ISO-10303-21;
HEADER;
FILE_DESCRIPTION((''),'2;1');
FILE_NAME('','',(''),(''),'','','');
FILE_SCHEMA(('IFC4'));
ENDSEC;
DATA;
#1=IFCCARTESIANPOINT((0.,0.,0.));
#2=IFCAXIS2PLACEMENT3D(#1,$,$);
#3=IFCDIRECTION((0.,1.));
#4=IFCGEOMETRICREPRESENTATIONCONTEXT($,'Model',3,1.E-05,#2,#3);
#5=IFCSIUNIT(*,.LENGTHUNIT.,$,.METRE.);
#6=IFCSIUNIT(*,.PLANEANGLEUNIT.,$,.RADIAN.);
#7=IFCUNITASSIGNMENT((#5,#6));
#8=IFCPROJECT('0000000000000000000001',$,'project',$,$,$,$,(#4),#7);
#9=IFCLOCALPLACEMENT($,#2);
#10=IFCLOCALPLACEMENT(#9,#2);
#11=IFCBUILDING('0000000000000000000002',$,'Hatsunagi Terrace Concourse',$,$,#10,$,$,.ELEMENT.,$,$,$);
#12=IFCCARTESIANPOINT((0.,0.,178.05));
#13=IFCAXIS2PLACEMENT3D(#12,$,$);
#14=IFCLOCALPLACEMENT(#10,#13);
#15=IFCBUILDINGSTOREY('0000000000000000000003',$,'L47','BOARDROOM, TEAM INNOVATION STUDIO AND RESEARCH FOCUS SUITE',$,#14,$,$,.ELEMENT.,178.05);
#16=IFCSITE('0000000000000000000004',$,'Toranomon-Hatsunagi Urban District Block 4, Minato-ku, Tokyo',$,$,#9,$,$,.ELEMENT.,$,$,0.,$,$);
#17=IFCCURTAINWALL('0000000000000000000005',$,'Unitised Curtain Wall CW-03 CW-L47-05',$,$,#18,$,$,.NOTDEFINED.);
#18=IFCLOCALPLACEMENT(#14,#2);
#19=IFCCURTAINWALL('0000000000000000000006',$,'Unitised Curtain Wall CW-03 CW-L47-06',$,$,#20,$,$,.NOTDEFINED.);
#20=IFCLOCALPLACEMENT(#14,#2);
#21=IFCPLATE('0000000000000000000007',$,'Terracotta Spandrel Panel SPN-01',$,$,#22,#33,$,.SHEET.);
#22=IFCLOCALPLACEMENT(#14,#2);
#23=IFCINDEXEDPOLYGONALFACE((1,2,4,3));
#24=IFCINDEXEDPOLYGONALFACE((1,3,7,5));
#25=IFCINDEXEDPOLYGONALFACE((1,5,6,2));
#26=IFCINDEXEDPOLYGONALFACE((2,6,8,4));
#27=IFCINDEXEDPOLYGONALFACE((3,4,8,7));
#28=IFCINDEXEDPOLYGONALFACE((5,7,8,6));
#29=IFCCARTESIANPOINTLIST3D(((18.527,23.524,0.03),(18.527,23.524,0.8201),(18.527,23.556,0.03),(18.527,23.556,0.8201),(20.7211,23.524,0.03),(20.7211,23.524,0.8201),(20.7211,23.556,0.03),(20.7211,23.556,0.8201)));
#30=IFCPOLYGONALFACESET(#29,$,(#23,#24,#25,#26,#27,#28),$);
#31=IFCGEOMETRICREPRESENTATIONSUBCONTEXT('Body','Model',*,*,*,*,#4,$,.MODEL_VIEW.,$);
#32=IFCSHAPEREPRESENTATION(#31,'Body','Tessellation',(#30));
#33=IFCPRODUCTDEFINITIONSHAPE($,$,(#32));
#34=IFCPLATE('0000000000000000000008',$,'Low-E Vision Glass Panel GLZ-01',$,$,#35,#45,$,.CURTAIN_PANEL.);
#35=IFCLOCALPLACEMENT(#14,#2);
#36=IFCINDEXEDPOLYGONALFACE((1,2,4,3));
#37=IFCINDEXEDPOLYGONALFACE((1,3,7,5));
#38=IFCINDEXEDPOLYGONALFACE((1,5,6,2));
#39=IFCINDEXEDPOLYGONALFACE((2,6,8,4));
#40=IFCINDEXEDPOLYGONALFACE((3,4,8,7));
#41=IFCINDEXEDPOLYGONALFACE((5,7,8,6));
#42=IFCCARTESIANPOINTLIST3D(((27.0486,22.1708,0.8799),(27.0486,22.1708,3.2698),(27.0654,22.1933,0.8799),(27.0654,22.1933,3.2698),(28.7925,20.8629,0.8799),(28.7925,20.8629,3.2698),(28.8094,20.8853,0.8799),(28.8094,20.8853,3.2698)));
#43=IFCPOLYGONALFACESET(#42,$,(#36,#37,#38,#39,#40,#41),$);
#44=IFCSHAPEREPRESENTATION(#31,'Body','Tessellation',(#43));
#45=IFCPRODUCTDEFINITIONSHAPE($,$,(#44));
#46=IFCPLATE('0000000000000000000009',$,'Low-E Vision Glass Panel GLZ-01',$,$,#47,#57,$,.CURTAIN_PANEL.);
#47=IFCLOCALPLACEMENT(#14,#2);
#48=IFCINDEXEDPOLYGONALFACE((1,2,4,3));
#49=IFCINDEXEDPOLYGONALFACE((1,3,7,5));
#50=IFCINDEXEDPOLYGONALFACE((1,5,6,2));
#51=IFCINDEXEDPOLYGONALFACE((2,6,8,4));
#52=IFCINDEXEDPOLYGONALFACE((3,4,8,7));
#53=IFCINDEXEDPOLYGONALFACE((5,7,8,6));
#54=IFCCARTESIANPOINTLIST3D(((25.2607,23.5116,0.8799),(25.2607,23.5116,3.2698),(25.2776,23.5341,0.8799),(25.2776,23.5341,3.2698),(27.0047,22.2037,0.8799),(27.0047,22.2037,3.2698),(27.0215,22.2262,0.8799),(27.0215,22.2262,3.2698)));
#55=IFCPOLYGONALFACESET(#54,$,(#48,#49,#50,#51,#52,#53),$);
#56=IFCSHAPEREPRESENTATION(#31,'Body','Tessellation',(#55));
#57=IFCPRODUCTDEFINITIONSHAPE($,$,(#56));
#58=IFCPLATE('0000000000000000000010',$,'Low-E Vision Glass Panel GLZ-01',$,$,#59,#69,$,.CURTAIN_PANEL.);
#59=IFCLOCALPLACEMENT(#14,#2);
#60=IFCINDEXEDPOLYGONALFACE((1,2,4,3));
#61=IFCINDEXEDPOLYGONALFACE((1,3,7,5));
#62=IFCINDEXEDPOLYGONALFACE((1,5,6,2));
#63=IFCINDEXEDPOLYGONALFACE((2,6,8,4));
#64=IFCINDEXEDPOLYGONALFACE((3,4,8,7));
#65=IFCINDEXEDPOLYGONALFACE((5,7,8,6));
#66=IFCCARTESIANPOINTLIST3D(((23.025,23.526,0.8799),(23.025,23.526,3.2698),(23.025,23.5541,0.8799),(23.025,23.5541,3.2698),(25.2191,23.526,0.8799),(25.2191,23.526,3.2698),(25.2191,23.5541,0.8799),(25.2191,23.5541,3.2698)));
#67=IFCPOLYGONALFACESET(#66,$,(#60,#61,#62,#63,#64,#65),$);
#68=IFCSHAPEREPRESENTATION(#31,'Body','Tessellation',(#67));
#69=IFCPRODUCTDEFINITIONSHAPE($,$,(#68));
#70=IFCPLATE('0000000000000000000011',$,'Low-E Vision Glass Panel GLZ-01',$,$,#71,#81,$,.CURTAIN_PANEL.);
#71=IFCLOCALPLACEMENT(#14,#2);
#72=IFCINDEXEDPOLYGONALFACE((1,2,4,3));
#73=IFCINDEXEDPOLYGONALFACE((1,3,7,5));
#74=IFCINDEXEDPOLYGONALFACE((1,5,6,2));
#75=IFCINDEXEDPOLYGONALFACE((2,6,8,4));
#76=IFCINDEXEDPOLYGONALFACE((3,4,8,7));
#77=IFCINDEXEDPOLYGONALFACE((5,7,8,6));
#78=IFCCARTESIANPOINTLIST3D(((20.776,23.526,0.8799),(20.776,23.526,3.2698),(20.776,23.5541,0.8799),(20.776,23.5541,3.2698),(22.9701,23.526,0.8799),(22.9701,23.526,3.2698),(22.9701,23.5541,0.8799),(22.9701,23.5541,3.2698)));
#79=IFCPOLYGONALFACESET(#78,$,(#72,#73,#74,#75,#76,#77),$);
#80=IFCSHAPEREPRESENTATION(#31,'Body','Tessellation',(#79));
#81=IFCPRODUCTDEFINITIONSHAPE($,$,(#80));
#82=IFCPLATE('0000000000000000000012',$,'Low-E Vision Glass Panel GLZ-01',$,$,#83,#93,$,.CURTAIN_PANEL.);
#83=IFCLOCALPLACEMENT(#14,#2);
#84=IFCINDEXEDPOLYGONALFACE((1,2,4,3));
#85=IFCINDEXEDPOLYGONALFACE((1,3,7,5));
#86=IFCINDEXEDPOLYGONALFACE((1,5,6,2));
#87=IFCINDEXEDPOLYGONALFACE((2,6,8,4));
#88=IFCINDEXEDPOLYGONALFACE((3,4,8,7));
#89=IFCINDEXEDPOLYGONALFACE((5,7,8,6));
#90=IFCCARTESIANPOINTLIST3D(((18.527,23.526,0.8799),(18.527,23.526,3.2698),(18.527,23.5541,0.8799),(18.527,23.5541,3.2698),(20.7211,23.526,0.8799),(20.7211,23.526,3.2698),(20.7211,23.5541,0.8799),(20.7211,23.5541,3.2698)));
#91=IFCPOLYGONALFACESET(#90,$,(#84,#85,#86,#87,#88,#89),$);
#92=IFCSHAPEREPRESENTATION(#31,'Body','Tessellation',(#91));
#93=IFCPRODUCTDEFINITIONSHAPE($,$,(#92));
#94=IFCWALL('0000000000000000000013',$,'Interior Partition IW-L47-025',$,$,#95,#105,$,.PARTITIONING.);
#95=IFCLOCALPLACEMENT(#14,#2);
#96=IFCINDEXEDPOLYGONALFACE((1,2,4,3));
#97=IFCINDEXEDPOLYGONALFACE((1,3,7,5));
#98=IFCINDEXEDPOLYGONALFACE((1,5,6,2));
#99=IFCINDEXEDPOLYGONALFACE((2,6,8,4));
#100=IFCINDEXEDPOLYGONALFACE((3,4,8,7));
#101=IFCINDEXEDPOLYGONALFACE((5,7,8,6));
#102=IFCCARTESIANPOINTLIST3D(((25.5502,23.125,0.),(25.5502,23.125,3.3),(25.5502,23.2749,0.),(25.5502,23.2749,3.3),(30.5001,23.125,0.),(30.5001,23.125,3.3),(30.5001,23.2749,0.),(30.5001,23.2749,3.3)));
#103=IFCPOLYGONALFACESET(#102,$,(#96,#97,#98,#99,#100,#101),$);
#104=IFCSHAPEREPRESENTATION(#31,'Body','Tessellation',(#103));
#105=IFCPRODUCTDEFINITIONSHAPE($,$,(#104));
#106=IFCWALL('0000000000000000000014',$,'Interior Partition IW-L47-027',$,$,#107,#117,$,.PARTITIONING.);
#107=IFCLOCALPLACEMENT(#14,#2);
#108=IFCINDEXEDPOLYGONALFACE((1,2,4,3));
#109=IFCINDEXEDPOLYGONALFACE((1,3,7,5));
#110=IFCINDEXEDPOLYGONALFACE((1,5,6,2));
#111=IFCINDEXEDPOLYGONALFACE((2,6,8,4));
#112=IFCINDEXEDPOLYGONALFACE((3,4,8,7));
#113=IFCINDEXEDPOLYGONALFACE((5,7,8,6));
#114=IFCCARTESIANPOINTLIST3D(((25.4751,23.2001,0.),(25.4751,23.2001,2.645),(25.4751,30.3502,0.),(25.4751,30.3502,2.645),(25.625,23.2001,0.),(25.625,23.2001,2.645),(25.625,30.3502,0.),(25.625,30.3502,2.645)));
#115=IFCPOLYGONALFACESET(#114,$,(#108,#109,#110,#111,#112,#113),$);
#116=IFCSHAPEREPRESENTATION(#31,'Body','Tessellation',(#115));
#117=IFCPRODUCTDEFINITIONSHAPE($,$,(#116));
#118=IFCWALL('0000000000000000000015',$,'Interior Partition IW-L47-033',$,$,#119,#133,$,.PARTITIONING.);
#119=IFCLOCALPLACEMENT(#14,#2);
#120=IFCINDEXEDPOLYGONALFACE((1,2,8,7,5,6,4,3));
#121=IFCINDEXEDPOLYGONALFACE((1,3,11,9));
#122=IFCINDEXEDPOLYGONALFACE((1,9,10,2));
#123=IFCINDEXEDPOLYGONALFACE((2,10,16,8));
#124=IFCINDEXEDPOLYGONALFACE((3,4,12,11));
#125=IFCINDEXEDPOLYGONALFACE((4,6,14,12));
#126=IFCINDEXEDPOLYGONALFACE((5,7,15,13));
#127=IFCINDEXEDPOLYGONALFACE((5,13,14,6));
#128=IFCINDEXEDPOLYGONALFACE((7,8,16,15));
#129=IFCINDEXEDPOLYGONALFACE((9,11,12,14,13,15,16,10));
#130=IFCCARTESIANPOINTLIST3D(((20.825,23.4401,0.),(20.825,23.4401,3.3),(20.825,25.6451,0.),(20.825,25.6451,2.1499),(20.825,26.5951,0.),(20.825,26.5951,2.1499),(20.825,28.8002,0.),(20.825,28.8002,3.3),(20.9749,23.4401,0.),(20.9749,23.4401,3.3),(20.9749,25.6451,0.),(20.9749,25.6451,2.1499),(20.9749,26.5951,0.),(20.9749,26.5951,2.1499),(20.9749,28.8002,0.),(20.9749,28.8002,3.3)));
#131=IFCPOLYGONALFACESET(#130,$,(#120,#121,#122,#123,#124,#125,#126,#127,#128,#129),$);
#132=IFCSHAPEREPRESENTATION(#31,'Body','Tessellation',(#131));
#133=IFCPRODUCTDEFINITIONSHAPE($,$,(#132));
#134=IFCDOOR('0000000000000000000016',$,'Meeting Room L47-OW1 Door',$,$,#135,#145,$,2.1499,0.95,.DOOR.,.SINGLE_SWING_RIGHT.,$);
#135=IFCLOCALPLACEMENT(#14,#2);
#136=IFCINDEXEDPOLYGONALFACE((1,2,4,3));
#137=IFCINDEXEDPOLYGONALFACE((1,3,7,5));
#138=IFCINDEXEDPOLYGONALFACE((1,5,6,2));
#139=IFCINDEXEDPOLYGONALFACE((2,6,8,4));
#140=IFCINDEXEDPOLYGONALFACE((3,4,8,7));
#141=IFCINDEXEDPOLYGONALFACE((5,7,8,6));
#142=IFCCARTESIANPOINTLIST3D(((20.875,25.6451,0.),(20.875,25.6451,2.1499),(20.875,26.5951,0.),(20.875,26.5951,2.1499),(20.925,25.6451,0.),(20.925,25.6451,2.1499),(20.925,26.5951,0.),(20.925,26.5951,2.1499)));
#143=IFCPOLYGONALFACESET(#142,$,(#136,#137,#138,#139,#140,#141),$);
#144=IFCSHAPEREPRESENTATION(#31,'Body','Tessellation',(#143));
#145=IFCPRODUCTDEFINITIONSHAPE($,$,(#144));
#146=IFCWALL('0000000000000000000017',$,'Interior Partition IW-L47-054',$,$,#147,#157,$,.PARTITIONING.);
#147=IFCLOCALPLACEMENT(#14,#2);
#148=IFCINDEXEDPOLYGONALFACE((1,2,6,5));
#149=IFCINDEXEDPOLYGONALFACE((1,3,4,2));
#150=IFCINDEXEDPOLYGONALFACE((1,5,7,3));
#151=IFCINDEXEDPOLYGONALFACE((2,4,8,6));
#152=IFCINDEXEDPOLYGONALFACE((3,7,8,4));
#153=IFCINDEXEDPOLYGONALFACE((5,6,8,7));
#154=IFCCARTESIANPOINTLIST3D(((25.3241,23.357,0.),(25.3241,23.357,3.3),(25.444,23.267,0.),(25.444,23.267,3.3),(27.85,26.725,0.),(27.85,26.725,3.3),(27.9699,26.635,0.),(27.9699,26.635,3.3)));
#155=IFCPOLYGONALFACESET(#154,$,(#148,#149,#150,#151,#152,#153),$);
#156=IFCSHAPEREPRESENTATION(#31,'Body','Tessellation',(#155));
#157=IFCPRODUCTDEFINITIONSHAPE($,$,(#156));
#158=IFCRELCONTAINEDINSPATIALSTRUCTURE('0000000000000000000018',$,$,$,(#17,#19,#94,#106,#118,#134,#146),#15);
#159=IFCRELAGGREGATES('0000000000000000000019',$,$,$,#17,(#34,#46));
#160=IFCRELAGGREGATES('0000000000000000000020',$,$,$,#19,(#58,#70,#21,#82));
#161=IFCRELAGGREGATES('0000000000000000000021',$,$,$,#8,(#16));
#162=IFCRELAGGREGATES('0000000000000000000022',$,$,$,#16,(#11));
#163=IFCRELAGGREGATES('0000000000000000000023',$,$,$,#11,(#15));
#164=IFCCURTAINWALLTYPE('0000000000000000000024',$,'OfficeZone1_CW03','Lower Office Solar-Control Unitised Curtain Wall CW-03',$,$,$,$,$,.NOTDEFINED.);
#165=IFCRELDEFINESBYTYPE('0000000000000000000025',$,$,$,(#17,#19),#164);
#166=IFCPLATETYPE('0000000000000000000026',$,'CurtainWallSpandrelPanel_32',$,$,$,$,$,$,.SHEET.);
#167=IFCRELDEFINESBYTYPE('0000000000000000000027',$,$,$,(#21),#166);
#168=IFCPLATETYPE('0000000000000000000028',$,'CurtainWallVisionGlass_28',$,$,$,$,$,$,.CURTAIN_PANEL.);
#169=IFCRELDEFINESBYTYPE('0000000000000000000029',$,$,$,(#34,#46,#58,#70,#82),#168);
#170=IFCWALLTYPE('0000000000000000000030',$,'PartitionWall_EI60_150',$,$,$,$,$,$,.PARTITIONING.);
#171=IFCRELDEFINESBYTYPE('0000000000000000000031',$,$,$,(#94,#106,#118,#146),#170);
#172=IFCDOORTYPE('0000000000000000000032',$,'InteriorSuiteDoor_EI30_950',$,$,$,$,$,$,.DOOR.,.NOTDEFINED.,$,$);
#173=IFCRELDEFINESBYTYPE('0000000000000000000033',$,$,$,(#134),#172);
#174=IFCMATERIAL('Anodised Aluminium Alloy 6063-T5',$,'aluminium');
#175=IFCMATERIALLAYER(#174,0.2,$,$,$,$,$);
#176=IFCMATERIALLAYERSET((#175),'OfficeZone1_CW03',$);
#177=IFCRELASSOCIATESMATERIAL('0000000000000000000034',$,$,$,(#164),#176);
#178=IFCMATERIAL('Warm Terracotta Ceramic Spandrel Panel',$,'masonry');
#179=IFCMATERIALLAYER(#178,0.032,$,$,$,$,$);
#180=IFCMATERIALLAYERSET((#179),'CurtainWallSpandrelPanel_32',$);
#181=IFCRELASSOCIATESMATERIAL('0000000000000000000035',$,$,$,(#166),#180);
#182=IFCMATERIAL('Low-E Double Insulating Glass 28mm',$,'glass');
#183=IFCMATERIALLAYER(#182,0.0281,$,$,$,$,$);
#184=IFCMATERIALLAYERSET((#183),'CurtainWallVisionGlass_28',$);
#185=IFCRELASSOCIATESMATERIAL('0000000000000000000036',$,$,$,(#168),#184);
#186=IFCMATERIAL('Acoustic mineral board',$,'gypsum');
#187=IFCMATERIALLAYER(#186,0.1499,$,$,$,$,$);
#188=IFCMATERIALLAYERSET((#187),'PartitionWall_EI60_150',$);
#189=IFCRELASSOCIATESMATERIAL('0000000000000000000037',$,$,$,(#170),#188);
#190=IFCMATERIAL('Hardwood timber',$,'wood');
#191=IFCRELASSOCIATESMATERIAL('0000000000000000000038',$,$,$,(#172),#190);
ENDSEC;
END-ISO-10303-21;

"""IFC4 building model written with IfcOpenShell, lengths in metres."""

from ifc_helpers import new_model, si_unit, direction, frame, frame_2d, origin, origin_2d, place, context, subcontext, project, spatial, rectangle, extrude, material, layer, layer_set, type_object, element, fill, aggregate, save


model = new_model("IFC4")

# Units and contexts
model_context = context("Model", 3, precision=1e-05, world=origin(), true_north=direction((0.0, 1.0)))
body_context = subcontext(model_context, "Body", "Model", "MODEL_VIEW")
ifc_project = project(units=[si_unit("LENGTHUNIT", "METRE"), si_unit("PLANEANGLEUNIT", "RADIAN")], contexts=[model_context])

# Site, building, storey
site_placement = place(None, origin())
site = spatial("IfcSite", under=ifc_project, at=site_placement, Name="Toranomon-Hatsunagi Urban District Block 4, Minato-ku, Tokyo", CompositionType="ELEMENT", RefElevation=0.0)
building_placement = place(site_placement, origin())
building = spatial("IfcBuilding", under=site, at=building_placement, Name="Hatsunagi Terrace Concourse", CompositionType="ELEMENT")
storey_placement = place(building_placement, frame((0.0, 0.0, 178.05)))
storey = spatial("IfcBuildingStorey", under=building, at=storey_placement, Name="L47", Description="BOARDROOM, TEAM INNOVATION STUDIO AND RESEARCH FOCUS SUITE", CompositionType="ELEMENT", Elevation=178.05)

# Curtain walls
ifc_material_1 = material(Name="Anodised Aluminium Alloy 6063-T5", Category="aluminium")
ifc_layer_1 = layer(ifc_material_1, 0.2)
ifc_layer_set_1 = layer_set([ifc_layer_1], Name="OfficeZone1_CW03")
curtain_wall_type = type_object("IfcCurtainWallType", Name="OfficeZone1_CW03", Description="Lower Office Solar-Control Unitised Curtain Wall CW-03", PredefinedType="NOTDEFINED", material=ifc_layer_set_1)
curtain_wall_1_placement = place(storey_placement, origin())
curtain_wall_1 = element("IfcCurtainWall", 1, at=curtain_wall_1_placement, inside=storey, type_object=curtain_wall_type, Name="Unitised Curtain Wall CW-03 CW-L47-05", PredefinedType="NOTDEFINED")
curtain_wall_2_placement = place(storey_placement, origin())
curtain_wall_2 = element("IfcCurtainWall", 2, at=curtain_wall_2_placement, inside=storey, type_object=curtain_wall_type, Name="Unitised Curtain Wall CW-03 CW-L47-06", PredefinedType="NOTDEFINED")

# Plates
ifc_material_2 = material(Name="Warm Terracotta Ceramic Spandrel Panel", Category="masonry")
ifc_layer_2 = layer(ifc_material_2, 0.032)
ifc_layer_set_2 = layer_set([ifc_layer_2], Name="CurtainWallSpandrelPanel_32")
plate_type_1 = type_object("IfcPlateType", Name="CurtainWallSpandrelPanel_32", PredefinedType="SHEET", material=ifc_layer_set_2)
plate_1_placement = place(storey_placement, frame((19.624, 23.54, 0.03), z_axis=(0.0, 0.0, 1.0), x_axis=(-1.0, 0.0, 0.0)))
plate_1 = element("IfcPlate", 3, at=plate_1_placement, type_object=plate_type_1, Name="Terracotta Spandrel Panel SPN-01", PredefinedType="SHEET", context=body_context, shape_type="SweptSolid", body=[
    extrude(rectangle(XDim=2.1941, YDim=0.032, at=origin_2d()), origin(), (0.0, 0.0, 1.0), 0.79),
])
ifc_material_3 = material(Name="Low-E Double Insulating Glass 28mm", Category="glass")
ifc_layer_3 = layer(ifc_material_3, 0.0281)
ifc_layer_set_3 = layer_set([ifc_layer_3], Name="CurtainWallVisionGlass_28")
plate_type_2 = type_object("IfcPlateType", Name="CurtainWallVisionGlass_28", PredefinedType="CURTAIN_PANEL", material=ifc_layer_set_3)
plate_2_placement = place(storey_placement, frame((27.929, 21.5281, 0.8799), z_axis=(0.0, 0.0, 1.0), x_axis=(-0.800005, 0.599993, 0.0)))
plate_2 = element("IfcPlate", 4, at=plate_2_placement, type_object=plate_type_2, Name="Low-E Vision Glass Panel GLZ-01", PredefinedType="CURTAIN_PANEL", context=body_context, shape_type="SweptSolid", body=[
    extrude(rectangle(XDim=2.1799, YDim=0.0281, at=origin_2d()), origin(), (0.0, 0.0, 1.0), 2.3899),
])
plate_3_placement = place(storey_placement, frame((26.1411, 22.8689, 0.8799), z_axis=(0.0, 0.0, 1.0), x_axis=(-0.800005, 0.599993, 0.0)))
plate_3 = element("IfcPlate", 5, at=plate_3_placement, type_object=plate_type_2, Name="Low-E Vision Glass Panel GLZ-01", PredefinedType="CURTAIN_PANEL", context=body_context, shape_type="SweptSolid", body=[
    extrude(rectangle(XDim=2.1799, YDim=0.0281, at=origin_2d()), origin(), (0.0, 0.0, 1.0), 2.3899),
])
aggregate(curtain_wall_1, [plate_2, plate_3])
plate_4_placement = place(storey_placement, frame((24.1221, 23.54, 0.8799), z_axis=(0.0, 0.0, 1.0), x_axis=(-1.0, 0.0, 0.0)))
plate_4 = element("IfcPlate", 6, at=plate_4_placement, type_object=plate_type_2, Name="Low-E Vision Glass Panel GLZ-01", PredefinedType="CURTAIN_PANEL", context=body_context, shape_type="SweptSolid", body=[
    extrude(rectangle(XDim=2.1941, YDim=0.0281, at=origin_2d()), origin(), (0.0, 0.0, 1.0), 2.3899),
])
plate_5_placement = place(storey_placement, frame((21.873, 23.54, 0.8799), z_axis=(0.0, 0.0, 1.0), x_axis=(-1.0, 0.0, 0.0)))
plate_5 = element("IfcPlate", 7, at=plate_5_placement, type_object=plate_type_2, Name="Low-E Vision Glass Panel GLZ-01", PredefinedType="CURTAIN_PANEL", context=body_context, shape_type="SweptSolid", body=[
    extrude(rectangle(XDim=2.1941, YDim=0.0281, at=origin_2d()), origin(), (0.0, 0.0, 1.0), 2.3899),
])
plate_6_placement = place(storey_placement, frame((19.624, 23.54, 0.8799), z_axis=(0.0, 0.0, 1.0), x_axis=(-1.0, 0.0, 0.0)))
plate_6 = element("IfcPlate", 8, at=plate_6_placement, type_object=plate_type_2, Name="Low-E Vision Glass Panel GLZ-01", PredefinedType="CURTAIN_PANEL", context=body_context, shape_type="SweptSolid", body=[
    extrude(rectangle(XDim=2.1941, YDim=0.0281, at=origin_2d()), origin(), (0.0, 0.0, 1.0), 2.3899),
])
aggregate(curtain_wall_2, [plate_4, plate_5, plate_1, plate_6])

# Walls
ifc_material_4 = material(Name="Acoustic mineral board", Category="gypsum")
ifc_layer_4 = layer(ifc_material_4, 0.1499)
ifc_layer_set_4 = layer_set([ifc_layer_4], Name="PartitionWall_EI60_150")
wall_type = type_object("IfcWallType", Name="PartitionWall_EI60_150", PredefinedType="PARTITIONING", material=ifc_layer_set_4)
wall_1_placement = place(storey_placement, frame((25.55, 23.2, 0.0), z_axis=(0.0, 0.0, 1.0), x_axis=(1.0, 0.0, 0.0)))
element("IfcWall", 9, at=wall_1_placement, inside=storey, type_object=wall_type, Name="Interior Partition IW-L47-025", PredefinedType="PARTITIONING", context=body_context, shape_type="SweptSolid", body=[
    extrude(rectangle(XDim=4.95, YDim=0.1499, at=frame_2d((2.4751, 0.0))), origin(), (0.0, 0.0, 1.0), 3.3),
])
wall_2_placement = place(storey_placement, frame((25.55, 23.2, 0.0), z_axis=(0.0, 0.0, 1.0), x_axis=(0.0, 1.0, 0.0)))
element("IfcWall", 10, at=wall_2_placement, inside=storey, type_object=wall_type, Name="Interior Partition IW-L47-027", PredefinedType="PARTITIONING", context=body_context, shape_type="SweptSolid", body=[
    extrude(rectangle(XDim=7.1501, YDim=0.1499, at=frame_2d((3.5752, 0.0))), origin(), (0.0, 0.0, 1.0), 2.645),
])

# Wall, opening, door
wall_3_placement = place(storey_placement, frame((20.8999, 23.4399, 0.0), z_axis=(0.0, 0.0, 1.0), x_axis=(0.0, 1.0, 0.0)))
wall_3 = element("IfcWall", 11, at=wall_3_placement, inside=storey, type_object=wall_type, Name="Interior Partition IW-L47-033", PredefinedType="PARTITIONING", context=body_context, shape_type="SweptSolid", body=[
    extrude(rectangle(XDim=5.3601, YDim=0.1499, at=frame_2d((2.6802, 0.0))), origin(), (0.0, 0.0, 1.0), 3.3),
])
opening_placement = place(wall_3_placement, frame((2.2051, 0.0, 0.0)))
opening = element("IfcOpeningElement", 12, at=opening_placement, cuts=wall_3, PredefinedType="OPENING", context=body_context, shape_type="SweptSolid", body=[
    extrude(rectangle(XDim=0.95, YDim=2.1499, at=frame_2d((0.4751, 1.075))), frame((0.0, 0.085, 0.0), z_axis=(0.0, -1.0, 0.0), x_axis=(1.0, 0.0, 0.0)), (0.0, 0.0, 1.0), 0.1699),
])
ifc_material_5 = material(Name="Hardwood timber", Category="wood")
door_type = type_object("IfcDoorType", Name="InteriorSuiteDoor_EI30_950", OperationType="NOTDEFINED", PredefinedType="DOOR", material=ifc_material_5)
door_placement = place(opening_placement, origin())
door = element("IfcDoor", 13, at=door_placement, inside=storey, type_object=door_type, Name="Meeting Room L47-OW1 Door", OperationType="SINGLE_SWING_RIGHT", OverallHeight=2.1499, OverallWidth=0.95, PredefinedType="DOOR", context=body_context, shape_type="SweptSolid", body=[
    extrude(rectangle(XDim=0.95, YDim=2.1499, at=frame_2d((0.4751, 1.075))), frame((0.0, 0.0249, 0.0), z_axis=(0.0, -1.0, 0.0), x_axis=(1.0, 0.0, 0.0)), (0.0, 0.0, 1.0), 0.05),
])
fill(opening, door)

# Wall
wall_4_placement = place(storey_placement, frame((25.384, 23.312, 0.0), z_axis=(0.0, 0.0, 1.0), x_axis=(0.599991, 0.800007, 0.0)))
element("IfcWall", 14, at=wall_4_placement, inside=storey, type_object=wall_type, Name="Interior Partition IW-L47-054", PredefinedType="PARTITIONING", context=body_context, shape_type="SweptSolid", body=[
    extrude(rectangle(XDim=4.21, YDim=0.1499, at=frame_2d((2.105, 0.0))), origin(), (0.0, 0.0, 1.0), 3.3),
])

save(model, "model.ifc")
